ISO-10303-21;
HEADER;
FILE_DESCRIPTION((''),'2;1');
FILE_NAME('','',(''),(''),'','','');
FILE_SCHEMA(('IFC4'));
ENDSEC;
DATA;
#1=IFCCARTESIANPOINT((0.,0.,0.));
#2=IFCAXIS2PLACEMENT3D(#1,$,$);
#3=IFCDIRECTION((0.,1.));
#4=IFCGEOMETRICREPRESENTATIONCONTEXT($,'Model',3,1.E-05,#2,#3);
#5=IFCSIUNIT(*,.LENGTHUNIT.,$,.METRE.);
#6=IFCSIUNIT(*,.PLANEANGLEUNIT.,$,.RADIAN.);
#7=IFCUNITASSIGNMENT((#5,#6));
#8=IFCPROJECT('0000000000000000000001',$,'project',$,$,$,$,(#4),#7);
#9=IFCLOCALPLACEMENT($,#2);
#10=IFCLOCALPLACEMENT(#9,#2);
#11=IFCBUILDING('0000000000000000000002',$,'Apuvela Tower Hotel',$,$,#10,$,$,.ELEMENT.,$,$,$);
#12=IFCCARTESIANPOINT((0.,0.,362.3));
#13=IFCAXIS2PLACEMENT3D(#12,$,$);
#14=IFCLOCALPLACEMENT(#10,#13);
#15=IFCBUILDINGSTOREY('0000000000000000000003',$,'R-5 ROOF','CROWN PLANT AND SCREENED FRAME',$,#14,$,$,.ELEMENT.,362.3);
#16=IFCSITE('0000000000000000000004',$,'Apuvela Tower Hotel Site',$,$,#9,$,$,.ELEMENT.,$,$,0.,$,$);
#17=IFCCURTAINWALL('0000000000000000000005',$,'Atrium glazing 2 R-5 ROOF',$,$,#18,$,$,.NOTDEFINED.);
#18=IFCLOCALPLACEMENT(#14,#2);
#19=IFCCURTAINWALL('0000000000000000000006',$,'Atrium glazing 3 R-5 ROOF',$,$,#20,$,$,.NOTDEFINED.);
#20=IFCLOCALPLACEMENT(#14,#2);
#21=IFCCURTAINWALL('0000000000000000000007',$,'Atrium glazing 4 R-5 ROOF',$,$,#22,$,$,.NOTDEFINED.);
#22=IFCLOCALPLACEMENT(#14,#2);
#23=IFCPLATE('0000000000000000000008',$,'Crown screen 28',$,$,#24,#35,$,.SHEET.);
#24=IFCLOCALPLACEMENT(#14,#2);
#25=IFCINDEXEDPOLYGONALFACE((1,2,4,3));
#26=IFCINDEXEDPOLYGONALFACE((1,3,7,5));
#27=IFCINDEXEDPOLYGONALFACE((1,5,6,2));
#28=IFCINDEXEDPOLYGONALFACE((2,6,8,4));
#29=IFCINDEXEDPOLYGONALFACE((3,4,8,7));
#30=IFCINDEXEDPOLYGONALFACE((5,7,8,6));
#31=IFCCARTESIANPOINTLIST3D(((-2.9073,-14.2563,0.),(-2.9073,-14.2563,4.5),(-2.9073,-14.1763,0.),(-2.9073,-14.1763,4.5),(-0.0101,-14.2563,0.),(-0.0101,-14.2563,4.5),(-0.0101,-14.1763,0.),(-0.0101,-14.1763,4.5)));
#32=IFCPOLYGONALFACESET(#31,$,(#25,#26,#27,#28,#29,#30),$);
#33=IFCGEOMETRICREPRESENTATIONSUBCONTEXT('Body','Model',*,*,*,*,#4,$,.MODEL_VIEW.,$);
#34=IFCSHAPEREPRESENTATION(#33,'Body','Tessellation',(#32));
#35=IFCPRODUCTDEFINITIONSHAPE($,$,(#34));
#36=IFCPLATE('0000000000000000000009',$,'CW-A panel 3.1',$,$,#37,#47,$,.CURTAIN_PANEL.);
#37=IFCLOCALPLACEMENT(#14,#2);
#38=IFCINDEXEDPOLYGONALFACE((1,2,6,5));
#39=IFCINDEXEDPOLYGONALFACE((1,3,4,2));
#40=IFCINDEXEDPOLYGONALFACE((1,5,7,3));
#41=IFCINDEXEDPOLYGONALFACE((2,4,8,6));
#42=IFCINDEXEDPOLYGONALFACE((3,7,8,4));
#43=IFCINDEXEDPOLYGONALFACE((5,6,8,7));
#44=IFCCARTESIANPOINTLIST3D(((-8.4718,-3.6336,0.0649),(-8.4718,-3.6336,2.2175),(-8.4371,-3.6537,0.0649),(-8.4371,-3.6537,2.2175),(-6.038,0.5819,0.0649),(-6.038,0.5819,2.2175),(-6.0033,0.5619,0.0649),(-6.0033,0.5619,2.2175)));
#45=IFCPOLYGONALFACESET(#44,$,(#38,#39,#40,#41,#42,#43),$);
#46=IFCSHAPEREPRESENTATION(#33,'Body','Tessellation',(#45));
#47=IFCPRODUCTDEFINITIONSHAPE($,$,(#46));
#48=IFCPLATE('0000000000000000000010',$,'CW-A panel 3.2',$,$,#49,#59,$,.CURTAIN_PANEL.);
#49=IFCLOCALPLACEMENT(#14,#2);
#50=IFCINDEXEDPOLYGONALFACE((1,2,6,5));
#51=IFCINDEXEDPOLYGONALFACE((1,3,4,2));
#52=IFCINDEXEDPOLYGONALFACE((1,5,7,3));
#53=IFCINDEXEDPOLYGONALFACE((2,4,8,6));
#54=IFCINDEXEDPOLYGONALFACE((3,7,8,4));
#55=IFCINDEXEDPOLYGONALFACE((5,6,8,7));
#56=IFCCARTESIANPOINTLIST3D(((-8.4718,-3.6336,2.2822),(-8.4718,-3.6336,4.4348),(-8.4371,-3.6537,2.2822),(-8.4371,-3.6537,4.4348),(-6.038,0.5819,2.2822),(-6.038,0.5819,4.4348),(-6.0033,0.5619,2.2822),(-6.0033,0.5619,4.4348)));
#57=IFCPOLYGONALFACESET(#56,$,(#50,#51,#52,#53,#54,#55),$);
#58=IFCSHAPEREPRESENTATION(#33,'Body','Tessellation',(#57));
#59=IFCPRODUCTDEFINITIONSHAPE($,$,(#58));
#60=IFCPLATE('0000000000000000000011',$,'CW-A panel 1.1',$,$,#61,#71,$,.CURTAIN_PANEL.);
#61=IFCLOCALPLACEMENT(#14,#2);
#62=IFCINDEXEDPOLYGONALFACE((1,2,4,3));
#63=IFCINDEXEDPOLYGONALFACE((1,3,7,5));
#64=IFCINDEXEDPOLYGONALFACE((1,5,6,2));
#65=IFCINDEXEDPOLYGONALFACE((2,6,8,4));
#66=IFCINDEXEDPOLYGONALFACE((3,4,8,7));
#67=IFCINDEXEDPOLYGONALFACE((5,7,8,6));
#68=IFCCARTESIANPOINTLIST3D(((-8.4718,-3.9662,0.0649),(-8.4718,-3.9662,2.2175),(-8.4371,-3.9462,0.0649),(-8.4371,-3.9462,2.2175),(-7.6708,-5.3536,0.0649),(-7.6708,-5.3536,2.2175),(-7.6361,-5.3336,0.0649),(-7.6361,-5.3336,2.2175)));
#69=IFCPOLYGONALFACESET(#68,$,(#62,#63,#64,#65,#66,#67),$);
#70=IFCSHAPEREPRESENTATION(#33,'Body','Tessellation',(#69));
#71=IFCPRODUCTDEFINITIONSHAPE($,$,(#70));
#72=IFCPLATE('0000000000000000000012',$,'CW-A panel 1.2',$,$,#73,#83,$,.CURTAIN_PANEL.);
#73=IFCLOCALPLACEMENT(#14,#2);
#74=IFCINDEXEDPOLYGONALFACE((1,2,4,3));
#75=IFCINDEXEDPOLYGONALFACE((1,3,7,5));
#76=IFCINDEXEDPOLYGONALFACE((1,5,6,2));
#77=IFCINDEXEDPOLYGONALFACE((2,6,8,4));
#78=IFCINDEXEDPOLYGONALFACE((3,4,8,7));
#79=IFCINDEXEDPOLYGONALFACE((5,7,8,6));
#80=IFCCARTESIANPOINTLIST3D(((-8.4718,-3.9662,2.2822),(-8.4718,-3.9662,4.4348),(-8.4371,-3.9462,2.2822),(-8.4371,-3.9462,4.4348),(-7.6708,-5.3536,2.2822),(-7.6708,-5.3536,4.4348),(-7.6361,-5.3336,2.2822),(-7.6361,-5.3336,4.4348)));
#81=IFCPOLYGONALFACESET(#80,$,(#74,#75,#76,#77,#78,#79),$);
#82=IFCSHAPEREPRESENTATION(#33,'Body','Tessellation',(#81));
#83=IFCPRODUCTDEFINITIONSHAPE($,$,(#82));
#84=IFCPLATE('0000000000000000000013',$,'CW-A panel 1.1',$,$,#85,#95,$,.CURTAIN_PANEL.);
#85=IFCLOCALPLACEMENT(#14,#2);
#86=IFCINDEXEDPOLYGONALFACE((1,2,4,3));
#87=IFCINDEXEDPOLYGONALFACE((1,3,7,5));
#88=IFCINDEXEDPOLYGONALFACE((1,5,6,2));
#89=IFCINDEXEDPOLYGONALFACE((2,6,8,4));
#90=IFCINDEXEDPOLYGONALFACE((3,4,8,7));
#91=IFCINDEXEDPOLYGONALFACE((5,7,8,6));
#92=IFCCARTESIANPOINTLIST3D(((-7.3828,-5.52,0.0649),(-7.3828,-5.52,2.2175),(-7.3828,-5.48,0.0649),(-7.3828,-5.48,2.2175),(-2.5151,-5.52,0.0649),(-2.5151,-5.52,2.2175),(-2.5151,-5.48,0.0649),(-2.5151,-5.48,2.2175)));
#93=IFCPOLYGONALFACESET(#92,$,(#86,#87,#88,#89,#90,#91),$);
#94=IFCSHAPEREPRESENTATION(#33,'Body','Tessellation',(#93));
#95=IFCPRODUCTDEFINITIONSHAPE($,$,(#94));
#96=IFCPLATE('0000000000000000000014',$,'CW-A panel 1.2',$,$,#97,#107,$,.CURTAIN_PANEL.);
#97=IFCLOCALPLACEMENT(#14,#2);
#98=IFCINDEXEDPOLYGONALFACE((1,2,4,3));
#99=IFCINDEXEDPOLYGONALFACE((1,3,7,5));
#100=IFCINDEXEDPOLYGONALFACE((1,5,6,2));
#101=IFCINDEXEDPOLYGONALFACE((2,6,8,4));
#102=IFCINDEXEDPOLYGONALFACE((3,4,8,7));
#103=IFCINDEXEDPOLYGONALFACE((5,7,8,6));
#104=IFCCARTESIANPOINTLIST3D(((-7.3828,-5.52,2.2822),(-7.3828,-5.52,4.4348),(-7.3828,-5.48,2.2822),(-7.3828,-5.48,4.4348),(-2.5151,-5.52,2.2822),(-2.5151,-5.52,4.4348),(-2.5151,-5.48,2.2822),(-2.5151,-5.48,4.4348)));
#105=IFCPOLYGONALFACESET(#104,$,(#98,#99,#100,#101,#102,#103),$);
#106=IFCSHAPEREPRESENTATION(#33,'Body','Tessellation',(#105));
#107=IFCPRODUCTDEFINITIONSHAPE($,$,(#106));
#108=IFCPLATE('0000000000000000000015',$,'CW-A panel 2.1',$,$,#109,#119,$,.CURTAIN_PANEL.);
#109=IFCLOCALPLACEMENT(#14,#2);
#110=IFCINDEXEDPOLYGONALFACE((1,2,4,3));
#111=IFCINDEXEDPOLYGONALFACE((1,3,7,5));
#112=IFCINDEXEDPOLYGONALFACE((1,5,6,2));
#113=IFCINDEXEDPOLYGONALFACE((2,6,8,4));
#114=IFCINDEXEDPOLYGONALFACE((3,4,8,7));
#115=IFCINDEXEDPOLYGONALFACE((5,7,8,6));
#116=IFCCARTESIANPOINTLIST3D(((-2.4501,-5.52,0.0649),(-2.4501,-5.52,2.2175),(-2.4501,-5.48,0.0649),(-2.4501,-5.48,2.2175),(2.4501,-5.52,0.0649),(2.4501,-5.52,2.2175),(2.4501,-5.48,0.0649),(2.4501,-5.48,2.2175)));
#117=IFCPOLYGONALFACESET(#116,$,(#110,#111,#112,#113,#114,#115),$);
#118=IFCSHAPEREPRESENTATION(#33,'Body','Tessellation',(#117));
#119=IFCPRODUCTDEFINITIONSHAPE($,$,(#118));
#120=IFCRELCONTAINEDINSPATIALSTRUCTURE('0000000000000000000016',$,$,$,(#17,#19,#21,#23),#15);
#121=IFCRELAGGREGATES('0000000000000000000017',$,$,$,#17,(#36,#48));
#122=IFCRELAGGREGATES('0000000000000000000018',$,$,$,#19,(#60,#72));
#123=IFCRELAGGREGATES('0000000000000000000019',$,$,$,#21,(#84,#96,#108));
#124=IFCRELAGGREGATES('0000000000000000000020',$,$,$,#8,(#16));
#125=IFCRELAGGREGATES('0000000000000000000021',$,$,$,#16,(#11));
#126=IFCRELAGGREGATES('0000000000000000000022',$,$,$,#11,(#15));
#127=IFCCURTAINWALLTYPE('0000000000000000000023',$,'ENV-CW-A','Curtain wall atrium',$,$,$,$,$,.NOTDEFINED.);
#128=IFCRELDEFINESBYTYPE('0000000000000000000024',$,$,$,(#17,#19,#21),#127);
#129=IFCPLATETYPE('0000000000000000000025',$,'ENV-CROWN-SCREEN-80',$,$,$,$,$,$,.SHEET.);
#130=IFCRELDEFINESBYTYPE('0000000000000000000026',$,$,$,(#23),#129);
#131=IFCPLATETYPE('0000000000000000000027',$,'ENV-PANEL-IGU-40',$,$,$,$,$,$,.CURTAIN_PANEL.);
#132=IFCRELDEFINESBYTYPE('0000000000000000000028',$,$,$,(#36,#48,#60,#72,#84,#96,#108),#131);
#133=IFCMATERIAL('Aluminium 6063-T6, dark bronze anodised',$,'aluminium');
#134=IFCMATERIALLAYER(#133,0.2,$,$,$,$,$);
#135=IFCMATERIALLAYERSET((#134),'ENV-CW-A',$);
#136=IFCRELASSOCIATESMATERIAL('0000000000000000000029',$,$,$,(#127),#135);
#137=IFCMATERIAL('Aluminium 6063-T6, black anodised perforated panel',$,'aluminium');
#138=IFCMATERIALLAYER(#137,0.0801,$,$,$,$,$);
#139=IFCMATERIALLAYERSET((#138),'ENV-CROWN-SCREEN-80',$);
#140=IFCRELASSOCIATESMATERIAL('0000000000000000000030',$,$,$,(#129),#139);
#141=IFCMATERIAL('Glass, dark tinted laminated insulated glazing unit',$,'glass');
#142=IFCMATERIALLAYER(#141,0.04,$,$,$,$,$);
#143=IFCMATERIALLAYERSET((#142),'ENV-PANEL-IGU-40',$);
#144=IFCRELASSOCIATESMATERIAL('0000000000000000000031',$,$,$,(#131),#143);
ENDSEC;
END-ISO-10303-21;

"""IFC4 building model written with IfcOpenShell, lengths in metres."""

from ifc_helpers import new_model, si_unit, direction, frame, origin, origin_2d, place, context, subcontext, project, spatial, rectangle, extrude, material, layer, layer_set, type_object, element, aggregate, save


model = new_model("IFC4")

# Units and contexts
model_context = context("Model", 3, precision=1e-05, world=origin(), true_north=direction((0.0, 1.0)))
body_context = subcontext(model_context, "Body", "Model", "MODEL_VIEW")
ifc_project = project(units=[si_unit("LENGTHUNIT", "METRE"), si_unit("PLANEANGLEUNIT", "RADIAN")], contexts=[model_context])

# Site, building, storey
site_placement = place(None, origin())
site = spatial("IfcSite", under=ifc_project, at=site_placement, Name="Apuvela Tower Hotel Site", CompositionType="ELEMENT", RefElevation=0.0)
building_placement = place(site_placement, origin())
building = spatial("IfcBuilding", under=site, at=building_placement, Name="Apuvela Tower Hotel", CompositionType="ELEMENT")
storey_placement = place(building_placement, frame((0.0, 0.0, 362.3)))
storey = spatial("IfcBuildingStorey", under=building, at=storey_placement, Name="R-5 ROOF", Description="CROWN PLANT AND SCREENED FRAME", CompositionType="ELEMENT", Elevation=362.3)

# Curtain wall
ifc_material_1 = material(Name="Aluminium 6063-T6, dark bronze anodised", Category="aluminium")
ifc_layer_1 = layer(ifc_material_1, 0.2)
ifc_layer_set_1 = layer_set([ifc_layer_1], Name="ENV-CW-A")
curtain_wall_type = type_object("IfcCurtainWallType", Name="ENV-CW-A", Description="Curtain wall atrium", PredefinedType="NOTDEFINED", material=ifc_layer_set_1)
curtain_wall_1_placement = place(storey_placement, origin())
curtain_wall_1 = element("IfcCurtainWall", 1, at=curtain_wall_1_placement, inside=storey, type_object=curtain_wall_type, Name="Atrium glazing 2 R-5 ROOF", PredefinedType="NOTDEFINED")

# Curtain walls
curtain_wall_2_placement = place(storey_placement, origin())
curtain_wall_2 = element("IfcCurtainWall", 2, at=curtain_wall_2_placement, inside=storey, type_object=curtain_wall_type, Name="Atrium glazing 3 R-5 ROOF", PredefinedType="NOTDEFINED")
curtain_wall_3_placement = place(storey_placement, origin())
curtain_wall_3 = element("IfcCurtainWall", 3, at=curtain_wall_3_placement, inside=storey, type_object=curtain_wall_type, Name="Atrium glazing 4 R-5 ROOF", PredefinedType="NOTDEFINED")

# Plate
ifc_material_2 = material(Name="Aluminium 6063-T6, black anodised perforated panel", Category="aluminium")
ifc_layer_2 = layer(ifc_material_2, 0.0801)
ifc_layer_set_2 = layer_set([ifc_layer_2], Name="ENV-CROWN-SCREEN-80")
plate_type_1 = type_object("IfcPlateType", Name="ENV-CROWN-SCREEN-80", PredefinedType="SHEET", material=ifc_layer_set_2)
for number, where, z_axis, x_axis, name in (
    (4, (-1.4587, -14.2163, 0.0), (0.0, 0.0, 1.0), (1.0, 0.0, 0.0), "Crown screen 28"),
):
    element("IfcPlate", number, at=place(storey_placement, frame(where, z_axis=z_axis, x_axis=x_axis)), inside=storey, type_object=plate_type_1, Name=name, PredefinedType="SHEET", context=body_context, shape_type="SweptSolid", body=[
        extrude(rectangle(XDim=2.8972, YDim=0.0801, at=origin_2d()), origin(), (0.0, 0.0, 1.0), 4.5),
    ])

# Plates
ifc_material_3 = material(Name="Glass, dark tinted laminated insulated glazing unit", Category="glass")
ifc_layer_3 = layer(ifc_material_3, 0.04)
ifc_layer_set_3 = layer_set([ifc_layer_3], Name="ENV-PANEL-IGU-40")
plate_type_2 = type_object("IfcPlateType", Name="ENV-PANEL-IGU-40", PredefinedType="CURTAIN_PANEL", material=ifc_layer_set_3)
plate_1_placement = place(storey_placement, frame((-7.2375, -1.5359, 0.0649), z_axis=(0.0, 0.0, 1.0), x_axis=(-0.499999, -0.866026, 0.0)))
plate_1 = element("IfcPlate", 5, at=plate_1_placement, type_object=plate_type_2, Name="CW-A panel 3.1", PredefinedType="CURTAIN_PANEL", context=body_context, shape_type="SweptSolid", body=[
    extrude(rectangle(XDim=4.8677, YDim=0.04, at=origin_2d()), origin(), (0.0, 0.0, 1.0), 2.1526),
])
plate_2_placement = place(storey_placement, frame((-7.2375, -1.5359, 2.2822), z_axis=(0.0, 0.0, 1.0), x_axis=(-0.499999, -0.866026, 0.0)))
plate_2 = element("IfcPlate", 6, at=plate_2_placement, type_object=plate_type_2, Name="CW-A panel 3.2", PredefinedType="CURTAIN_PANEL", context=body_context, shape_type="SweptSolid", body=[
    extrude(rectangle(XDim=4.8677, YDim=0.04, at=origin_2d()), origin(), (0.0, 0.0, 1.0), 2.1526),
])
aggregate(curtain_wall_1, [plate_1, plate_2])
plate_3_placement = place(storey_placement, frame((-8.054, -4.6499, 0.0649), z_axis=(0.0, 0.0, 1.0), x_axis=(0.499989, -0.866032, 0.0)))
plate_3 = element("IfcPlate", 7, at=plate_3_placement, type_object=plate_type_2, Name="CW-A panel 1.1", PredefinedType="CURTAIN_PANEL", context=body_context, shape_type="SweptSolid", body=[
    extrude(rectangle(XDim=1.6021, YDim=0.04, at=origin_2d()), origin(), (0.0, 0.0, 1.0), 2.1526),
])
plate_4_placement = place(storey_placement, frame((-8.054, -4.6499, 2.2822), z_axis=(0.0, 0.0, 1.0), x_axis=(0.499989, -0.866032, 0.0)))
plate_4 = element("IfcPlate", 8, at=plate_4_placement, type_object=plate_type_2, Name="CW-A panel 1.2", PredefinedType="CURTAIN_PANEL", context=body_context, shape_type="SweptSolid", body=[
    extrude(rectangle(XDim=1.6021, YDim=0.04, at=origin_2d()), origin(), (0.0, 0.0, 1.0), 2.1526),
])
aggregate(curtain_wall_2, [plate_3, plate_4])
plate_5_placement = place(storey_placement, frame((-4.949, -5.5, 0.0649), z_axis=(0.0, 0.0, 1.0), x_axis=(1.0, 0.0, 0.0)))
plate_5 = element("IfcPlate", 9, at=plate_5_placement, type_object=plate_type_2, Name="CW-A panel 1.1", PredefinedType="CURTAIN_PANEL", context=body_context, shape_type="SweptSolid", body=[
    extrude(rectangle(XDim=4.8677, YDim=0.04, at=origin_2d()), origin(), (0.0, 0.0, 1.0), 2.1526),
])
plate_6_placement = place(storey_placement, frame((-4.949, -5.5, 2.2822), z_axis=(0.0, 0.0, 1.0), x_axis=(1.0, 0.0, 0.0)))
plate_6 = element("IfcPlate", 10, at=plate_6_placement, type_object=plate_type_2, Name="CW-A panel 1.2", PredefinedType="CURTAIN_PANEL", context=body_context, shape_type="SweptSolid", body=[
    extrude(rectangle(XDim=4.8677, YDim=0.04, at=origin_2d()), origin(), (0.0, 0.0, 1.0), 2.1526),
])
plate_7_placement = place(storey_placement, frame((0.0, -5.5, 0.0649), z_axis=(0.0, 0.0, 1.0), x_axis=(1.0, 0.0, 0.0)))
plate_7 = element("IfcPlate", 11, at=plate_7_placement, type_object=plate_type_2, Name="CW-A panel 2.1", PredefinedType="CURTAIN_PANEL", context=body_context, shape_type="SweptSolid", body=[
    extrude(rectangle(XDim=4.9001, YDim=0.04, at=origin_2d()), origin(), (0.0, 0.0, 1.0), 2.1526),
])
aggregate(curtain_wall_3, [plate_5, plate_6, plate_7])

save(model, "model.ifc")
